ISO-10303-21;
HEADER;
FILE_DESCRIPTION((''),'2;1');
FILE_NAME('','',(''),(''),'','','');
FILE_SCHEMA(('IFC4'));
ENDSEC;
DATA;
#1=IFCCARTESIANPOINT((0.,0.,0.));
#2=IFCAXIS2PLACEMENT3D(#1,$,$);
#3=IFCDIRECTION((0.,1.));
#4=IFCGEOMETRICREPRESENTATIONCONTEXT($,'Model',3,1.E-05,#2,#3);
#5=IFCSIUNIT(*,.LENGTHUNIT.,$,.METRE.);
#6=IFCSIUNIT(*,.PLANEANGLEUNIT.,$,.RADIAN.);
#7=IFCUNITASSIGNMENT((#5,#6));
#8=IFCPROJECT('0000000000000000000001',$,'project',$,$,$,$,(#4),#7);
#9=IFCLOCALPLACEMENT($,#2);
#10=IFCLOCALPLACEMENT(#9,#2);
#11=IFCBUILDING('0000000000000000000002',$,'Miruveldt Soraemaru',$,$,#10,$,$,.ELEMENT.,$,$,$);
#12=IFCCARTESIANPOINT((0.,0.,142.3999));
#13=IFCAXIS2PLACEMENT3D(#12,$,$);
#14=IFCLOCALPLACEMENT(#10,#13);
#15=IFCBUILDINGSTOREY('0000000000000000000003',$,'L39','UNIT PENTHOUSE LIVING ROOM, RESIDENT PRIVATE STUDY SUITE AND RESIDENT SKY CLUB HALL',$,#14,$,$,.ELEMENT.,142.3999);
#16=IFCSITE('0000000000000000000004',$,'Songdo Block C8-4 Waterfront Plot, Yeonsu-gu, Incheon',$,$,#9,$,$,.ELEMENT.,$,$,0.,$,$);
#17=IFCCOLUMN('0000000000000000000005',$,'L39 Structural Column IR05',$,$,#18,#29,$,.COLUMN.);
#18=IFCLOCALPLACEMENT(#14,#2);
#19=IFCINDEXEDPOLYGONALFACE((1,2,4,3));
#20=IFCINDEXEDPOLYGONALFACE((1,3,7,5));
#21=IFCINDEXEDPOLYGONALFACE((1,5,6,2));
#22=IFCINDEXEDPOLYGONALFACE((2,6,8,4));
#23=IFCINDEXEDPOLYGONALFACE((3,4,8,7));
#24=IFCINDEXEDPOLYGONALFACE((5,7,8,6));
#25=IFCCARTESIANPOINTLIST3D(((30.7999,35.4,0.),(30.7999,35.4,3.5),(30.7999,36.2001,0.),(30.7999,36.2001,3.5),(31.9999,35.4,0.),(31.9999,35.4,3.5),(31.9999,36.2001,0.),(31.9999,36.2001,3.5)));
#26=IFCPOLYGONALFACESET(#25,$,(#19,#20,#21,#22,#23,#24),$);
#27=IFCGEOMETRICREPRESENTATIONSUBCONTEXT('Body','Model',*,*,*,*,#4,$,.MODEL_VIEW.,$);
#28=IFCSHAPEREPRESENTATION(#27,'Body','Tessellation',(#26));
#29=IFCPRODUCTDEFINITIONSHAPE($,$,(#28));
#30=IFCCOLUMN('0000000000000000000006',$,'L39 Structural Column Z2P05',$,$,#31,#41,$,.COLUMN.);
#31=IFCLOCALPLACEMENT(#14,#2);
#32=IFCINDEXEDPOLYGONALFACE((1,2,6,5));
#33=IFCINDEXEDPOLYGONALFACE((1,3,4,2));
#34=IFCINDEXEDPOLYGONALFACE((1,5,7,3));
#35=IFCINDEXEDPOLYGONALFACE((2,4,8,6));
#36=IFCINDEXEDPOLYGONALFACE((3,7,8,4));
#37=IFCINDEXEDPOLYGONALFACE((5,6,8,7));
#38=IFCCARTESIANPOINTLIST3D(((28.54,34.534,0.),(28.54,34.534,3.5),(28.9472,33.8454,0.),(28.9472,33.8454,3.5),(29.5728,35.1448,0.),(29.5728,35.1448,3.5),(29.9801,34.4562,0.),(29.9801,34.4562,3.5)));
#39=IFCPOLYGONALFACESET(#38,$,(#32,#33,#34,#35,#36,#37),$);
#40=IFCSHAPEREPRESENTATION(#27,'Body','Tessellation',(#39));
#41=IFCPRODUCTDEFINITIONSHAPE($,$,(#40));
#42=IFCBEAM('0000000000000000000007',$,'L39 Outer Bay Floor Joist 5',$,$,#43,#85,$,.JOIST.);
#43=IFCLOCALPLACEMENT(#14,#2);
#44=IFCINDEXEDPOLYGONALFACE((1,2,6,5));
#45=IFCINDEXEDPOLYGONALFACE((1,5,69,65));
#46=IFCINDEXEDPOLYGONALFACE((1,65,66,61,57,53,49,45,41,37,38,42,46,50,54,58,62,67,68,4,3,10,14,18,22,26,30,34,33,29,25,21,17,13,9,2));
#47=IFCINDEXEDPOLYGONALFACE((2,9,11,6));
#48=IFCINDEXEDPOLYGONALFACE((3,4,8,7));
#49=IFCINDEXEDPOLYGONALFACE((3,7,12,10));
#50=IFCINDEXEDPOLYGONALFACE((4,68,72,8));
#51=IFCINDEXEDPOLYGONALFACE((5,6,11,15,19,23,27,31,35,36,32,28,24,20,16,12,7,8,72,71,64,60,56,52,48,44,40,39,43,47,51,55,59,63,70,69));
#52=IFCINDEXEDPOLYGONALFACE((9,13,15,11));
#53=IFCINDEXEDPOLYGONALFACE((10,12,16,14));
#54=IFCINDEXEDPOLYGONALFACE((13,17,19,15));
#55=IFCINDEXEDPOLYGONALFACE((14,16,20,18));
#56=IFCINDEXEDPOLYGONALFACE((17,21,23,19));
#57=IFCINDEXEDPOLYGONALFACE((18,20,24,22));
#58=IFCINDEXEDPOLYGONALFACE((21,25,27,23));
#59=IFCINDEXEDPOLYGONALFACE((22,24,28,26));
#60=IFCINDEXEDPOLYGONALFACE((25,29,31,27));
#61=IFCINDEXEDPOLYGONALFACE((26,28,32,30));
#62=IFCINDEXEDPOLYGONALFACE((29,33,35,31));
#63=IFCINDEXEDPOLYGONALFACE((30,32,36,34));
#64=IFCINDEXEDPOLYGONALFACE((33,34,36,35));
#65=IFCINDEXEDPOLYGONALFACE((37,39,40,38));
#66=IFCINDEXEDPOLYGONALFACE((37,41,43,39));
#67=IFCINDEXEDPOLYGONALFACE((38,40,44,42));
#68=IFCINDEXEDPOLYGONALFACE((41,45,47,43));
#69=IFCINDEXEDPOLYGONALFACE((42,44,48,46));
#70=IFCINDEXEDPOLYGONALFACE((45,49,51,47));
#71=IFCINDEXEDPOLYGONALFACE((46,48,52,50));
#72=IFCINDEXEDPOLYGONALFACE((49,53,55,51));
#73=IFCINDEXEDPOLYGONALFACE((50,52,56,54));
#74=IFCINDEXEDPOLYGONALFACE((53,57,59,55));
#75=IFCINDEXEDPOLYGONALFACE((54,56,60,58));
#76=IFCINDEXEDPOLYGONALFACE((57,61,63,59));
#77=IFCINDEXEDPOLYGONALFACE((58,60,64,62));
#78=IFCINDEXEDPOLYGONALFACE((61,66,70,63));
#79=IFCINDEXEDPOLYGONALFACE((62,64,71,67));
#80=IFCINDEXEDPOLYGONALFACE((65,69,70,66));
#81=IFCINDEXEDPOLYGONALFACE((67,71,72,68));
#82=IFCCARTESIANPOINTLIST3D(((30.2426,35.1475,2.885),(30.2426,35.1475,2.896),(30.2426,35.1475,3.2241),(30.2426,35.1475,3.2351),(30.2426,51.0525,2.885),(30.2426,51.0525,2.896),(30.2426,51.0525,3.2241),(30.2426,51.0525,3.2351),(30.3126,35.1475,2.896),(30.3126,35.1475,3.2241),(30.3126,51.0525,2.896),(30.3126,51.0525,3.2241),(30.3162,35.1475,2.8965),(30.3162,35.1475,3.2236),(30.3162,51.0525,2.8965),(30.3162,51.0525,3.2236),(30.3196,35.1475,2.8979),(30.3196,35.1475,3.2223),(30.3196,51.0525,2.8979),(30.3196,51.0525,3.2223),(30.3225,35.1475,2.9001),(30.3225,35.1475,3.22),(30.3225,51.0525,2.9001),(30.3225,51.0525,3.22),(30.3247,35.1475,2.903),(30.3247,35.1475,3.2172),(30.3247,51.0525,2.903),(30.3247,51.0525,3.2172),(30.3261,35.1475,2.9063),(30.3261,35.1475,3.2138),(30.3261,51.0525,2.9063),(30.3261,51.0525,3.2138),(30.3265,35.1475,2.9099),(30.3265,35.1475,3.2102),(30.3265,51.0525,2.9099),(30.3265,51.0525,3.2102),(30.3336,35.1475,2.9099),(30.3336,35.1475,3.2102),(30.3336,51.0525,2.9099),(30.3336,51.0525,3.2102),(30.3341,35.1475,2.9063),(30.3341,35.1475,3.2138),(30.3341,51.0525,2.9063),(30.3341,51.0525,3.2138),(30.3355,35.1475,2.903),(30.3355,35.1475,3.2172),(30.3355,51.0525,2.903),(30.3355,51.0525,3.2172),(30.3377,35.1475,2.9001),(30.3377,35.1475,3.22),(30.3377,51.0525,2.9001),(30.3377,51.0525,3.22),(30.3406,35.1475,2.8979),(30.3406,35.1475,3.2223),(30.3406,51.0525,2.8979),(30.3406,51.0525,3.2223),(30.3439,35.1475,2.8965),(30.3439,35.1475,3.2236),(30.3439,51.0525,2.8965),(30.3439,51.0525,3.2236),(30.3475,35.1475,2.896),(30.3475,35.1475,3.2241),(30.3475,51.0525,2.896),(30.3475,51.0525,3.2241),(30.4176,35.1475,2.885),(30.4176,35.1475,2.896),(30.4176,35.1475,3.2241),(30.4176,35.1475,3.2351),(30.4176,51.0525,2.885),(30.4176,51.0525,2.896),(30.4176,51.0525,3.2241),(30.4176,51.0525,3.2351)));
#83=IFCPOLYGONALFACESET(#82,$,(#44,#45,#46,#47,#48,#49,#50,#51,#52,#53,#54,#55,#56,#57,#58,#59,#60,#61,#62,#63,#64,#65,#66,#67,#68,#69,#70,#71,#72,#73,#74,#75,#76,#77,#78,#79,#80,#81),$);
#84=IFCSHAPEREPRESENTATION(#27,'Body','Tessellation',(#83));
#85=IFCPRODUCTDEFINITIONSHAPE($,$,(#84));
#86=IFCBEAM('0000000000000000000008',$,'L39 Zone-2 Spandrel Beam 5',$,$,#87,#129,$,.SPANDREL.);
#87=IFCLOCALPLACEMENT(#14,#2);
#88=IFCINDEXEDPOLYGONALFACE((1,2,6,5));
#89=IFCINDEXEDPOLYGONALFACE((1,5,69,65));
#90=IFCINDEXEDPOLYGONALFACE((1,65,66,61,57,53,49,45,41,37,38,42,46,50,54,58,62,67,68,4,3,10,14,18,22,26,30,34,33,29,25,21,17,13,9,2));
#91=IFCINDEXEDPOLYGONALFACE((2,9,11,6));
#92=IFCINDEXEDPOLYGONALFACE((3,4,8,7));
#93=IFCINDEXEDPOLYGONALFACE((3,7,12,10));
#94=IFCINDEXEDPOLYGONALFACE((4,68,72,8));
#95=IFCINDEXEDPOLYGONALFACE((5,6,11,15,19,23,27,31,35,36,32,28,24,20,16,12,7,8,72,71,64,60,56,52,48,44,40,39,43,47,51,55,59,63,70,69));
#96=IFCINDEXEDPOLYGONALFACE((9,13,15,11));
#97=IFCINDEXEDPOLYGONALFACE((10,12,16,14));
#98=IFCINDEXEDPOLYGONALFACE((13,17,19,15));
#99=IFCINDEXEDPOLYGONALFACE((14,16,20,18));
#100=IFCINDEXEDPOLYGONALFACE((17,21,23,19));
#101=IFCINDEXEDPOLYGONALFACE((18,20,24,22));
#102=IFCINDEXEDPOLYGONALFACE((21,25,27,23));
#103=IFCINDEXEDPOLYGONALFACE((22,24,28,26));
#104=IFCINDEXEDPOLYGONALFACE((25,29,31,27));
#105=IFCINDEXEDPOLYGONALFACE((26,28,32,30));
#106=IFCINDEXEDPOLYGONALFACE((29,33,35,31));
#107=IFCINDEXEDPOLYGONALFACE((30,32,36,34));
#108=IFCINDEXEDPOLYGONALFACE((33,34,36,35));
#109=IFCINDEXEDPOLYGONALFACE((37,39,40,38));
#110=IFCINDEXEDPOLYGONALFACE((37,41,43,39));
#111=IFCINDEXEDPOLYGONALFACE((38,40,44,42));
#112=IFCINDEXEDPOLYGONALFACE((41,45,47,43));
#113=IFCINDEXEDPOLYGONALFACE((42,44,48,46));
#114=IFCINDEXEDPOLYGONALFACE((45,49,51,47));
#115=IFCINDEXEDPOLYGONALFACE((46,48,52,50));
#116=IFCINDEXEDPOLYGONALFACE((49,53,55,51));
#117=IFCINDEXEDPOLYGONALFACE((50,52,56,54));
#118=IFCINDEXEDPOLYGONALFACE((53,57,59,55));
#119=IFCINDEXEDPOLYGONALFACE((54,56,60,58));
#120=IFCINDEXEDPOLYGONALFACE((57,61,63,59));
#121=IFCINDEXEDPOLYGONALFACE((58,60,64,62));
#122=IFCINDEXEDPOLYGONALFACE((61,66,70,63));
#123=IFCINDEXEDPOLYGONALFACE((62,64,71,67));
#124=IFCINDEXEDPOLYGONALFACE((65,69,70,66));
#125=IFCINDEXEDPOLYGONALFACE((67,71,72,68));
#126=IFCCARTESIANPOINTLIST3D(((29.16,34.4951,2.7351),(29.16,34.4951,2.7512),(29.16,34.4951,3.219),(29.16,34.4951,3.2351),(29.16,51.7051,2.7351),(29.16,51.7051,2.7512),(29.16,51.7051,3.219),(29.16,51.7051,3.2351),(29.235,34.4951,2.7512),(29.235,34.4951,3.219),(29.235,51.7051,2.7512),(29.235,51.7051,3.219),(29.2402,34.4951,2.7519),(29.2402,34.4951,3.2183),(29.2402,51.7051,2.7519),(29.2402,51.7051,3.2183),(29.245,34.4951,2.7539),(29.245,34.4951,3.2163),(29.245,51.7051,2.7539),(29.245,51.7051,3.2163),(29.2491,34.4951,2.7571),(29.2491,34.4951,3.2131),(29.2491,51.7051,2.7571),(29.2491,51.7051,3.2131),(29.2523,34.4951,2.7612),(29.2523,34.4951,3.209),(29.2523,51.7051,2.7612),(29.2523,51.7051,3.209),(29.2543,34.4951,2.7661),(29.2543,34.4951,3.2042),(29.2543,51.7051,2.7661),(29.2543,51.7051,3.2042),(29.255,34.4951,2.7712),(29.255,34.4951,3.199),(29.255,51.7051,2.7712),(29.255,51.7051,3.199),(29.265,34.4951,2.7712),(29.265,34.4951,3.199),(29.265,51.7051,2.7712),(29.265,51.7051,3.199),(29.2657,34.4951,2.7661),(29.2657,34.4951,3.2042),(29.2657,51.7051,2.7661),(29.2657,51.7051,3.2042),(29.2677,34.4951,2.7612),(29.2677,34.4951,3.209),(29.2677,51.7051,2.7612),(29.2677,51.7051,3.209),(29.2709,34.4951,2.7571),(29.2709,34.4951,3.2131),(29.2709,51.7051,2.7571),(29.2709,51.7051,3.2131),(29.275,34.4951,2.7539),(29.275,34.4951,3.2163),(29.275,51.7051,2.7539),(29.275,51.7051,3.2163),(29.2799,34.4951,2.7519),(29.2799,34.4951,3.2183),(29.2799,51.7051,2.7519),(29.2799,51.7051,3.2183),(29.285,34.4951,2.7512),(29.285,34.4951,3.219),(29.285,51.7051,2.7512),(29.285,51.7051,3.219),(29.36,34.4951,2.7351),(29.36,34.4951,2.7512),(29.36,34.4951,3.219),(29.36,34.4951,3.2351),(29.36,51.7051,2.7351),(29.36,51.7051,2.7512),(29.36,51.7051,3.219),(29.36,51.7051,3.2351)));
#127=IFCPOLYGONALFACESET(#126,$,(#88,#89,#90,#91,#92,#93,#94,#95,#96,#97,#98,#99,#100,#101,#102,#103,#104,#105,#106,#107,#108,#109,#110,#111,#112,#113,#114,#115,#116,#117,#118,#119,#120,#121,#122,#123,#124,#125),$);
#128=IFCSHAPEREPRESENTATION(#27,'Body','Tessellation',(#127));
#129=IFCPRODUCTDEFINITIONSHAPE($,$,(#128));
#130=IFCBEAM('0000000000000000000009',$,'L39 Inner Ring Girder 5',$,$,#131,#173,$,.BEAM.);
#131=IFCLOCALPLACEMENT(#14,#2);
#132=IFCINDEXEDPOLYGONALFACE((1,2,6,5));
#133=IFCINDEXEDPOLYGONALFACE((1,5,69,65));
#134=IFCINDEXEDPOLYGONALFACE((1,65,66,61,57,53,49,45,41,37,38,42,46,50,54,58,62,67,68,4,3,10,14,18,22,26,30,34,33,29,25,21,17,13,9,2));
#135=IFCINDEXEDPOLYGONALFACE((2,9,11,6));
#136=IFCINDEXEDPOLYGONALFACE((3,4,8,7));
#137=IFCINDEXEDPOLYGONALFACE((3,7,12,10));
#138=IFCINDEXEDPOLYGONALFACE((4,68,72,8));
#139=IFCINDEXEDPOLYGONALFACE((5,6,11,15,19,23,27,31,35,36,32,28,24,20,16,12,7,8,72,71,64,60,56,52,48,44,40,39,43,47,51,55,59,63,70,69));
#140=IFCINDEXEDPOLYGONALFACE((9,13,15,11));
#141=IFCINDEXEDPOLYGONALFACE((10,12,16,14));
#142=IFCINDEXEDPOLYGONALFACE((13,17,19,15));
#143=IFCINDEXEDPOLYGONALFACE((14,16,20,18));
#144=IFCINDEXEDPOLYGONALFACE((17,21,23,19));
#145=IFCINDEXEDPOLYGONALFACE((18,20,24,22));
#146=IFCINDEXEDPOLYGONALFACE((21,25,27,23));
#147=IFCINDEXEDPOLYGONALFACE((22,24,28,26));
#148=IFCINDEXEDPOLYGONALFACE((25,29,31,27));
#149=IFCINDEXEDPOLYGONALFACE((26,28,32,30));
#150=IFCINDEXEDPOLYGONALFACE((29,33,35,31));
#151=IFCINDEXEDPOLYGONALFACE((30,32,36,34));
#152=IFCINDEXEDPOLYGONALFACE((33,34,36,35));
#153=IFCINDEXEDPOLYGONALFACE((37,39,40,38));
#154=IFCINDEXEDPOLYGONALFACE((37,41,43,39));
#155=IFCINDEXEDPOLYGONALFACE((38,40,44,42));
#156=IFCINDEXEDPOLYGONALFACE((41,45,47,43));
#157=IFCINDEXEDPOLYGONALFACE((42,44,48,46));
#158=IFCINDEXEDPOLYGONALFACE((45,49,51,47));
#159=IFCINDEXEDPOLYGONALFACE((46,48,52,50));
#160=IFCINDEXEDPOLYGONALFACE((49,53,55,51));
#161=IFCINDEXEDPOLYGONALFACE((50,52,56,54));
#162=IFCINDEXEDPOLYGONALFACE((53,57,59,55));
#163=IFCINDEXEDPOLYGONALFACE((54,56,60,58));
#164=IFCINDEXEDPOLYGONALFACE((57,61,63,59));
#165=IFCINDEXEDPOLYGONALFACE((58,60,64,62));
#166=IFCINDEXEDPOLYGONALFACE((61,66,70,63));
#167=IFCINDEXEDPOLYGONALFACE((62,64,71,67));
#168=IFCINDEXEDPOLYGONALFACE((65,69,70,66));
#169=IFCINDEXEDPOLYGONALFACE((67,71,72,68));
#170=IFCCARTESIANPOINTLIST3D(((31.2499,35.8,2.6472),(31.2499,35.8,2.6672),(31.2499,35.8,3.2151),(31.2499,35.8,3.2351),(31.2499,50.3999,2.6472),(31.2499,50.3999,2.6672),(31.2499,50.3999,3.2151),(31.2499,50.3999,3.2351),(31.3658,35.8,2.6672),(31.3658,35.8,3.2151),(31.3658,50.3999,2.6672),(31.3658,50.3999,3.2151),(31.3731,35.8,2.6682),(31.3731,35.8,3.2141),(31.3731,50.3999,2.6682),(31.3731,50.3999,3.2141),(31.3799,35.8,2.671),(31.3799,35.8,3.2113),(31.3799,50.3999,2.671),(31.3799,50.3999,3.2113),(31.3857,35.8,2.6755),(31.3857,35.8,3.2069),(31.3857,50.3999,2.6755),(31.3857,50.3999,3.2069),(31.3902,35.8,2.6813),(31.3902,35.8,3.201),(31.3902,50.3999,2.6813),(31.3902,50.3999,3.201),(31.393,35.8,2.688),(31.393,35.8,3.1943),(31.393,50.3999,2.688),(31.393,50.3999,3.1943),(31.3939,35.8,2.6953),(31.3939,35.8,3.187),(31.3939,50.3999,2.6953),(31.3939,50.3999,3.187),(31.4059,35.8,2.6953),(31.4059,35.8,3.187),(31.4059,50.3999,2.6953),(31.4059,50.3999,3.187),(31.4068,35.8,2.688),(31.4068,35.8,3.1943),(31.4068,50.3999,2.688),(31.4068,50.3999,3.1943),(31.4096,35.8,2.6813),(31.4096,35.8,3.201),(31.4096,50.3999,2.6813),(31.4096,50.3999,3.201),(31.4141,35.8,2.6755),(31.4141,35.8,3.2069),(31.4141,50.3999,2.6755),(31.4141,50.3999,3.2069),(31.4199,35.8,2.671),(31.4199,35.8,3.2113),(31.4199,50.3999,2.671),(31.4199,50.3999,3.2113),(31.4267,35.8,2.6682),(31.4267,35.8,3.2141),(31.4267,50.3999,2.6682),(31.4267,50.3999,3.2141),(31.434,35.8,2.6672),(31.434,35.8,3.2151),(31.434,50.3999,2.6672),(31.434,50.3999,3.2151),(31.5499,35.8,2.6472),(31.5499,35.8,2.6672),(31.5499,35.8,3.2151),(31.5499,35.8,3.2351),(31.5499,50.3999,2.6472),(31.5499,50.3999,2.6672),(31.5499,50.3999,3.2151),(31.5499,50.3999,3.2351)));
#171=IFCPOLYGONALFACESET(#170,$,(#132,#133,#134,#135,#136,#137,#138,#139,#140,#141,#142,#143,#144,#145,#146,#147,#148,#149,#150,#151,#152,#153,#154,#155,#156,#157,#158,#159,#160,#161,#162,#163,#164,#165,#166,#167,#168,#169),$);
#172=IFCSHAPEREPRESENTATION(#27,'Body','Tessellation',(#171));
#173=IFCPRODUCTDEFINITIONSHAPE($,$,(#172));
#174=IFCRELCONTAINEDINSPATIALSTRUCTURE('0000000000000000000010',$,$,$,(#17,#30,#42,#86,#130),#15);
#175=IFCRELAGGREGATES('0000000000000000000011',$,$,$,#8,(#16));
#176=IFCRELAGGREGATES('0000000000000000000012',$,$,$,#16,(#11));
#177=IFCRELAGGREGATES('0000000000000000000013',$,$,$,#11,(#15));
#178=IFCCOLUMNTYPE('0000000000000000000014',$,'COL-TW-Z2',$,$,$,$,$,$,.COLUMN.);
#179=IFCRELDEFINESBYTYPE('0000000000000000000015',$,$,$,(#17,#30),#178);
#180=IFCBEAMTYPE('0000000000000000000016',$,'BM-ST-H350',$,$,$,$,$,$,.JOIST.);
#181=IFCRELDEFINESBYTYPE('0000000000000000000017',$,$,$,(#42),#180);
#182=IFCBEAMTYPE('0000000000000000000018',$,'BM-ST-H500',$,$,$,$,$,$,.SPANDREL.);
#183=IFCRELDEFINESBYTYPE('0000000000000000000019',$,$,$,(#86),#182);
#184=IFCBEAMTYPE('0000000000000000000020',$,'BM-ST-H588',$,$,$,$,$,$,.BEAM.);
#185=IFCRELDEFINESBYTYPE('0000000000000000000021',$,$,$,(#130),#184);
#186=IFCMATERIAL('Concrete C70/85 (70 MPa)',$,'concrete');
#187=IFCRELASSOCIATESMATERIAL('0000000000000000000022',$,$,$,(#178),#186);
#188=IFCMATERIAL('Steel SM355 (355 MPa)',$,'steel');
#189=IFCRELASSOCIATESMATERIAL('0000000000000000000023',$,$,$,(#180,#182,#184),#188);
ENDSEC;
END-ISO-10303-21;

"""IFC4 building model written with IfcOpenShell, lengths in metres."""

from ifc_helpers import new_model, si_unit, direction, frame, origin, origin_2d, place, context, subcontext, project, spatial, rectangle, i_section, extrude, material, material_profile, profile_set, type_object, element, save


model = new_model("IFC4")

# Units and contexts
model_context = context("Model", 3, precision=1e-05, world=origin(), true_north=direction((0.0, 1.0)))
body_context = subcontext(model_context, "Body", "Model", "MODEL_VIEW")
ifc_project = project(units=[si_unit("LENGTHUNIT", "METRE"), si_unit("PLANEANGLEUNIT", "RADIAN")], contexts=[model_context])

# Site, building, storey
site_placement = place(None, origin())
site = spatial("IfcSite", under=ifc_project, at=site_placement, Name="Songdo Block C8-4 Waterfront Plot, Yeonsu-gu, Incheon", CompositionType="ELEMENT", RefElevation=0.0)
building_placement = place(site_placement, origin())
building = spatial("IfcBuilding", under=site, at=building_placement, Name="Miruveldt Soraemaru", CompositionType="ELEMENT")
storey_placement = place(building_placement, frame((0.0, 0.0, 142.3999)))
storey = spatial("IfcBuildingStorey", under=building, at=storey_placement, Name="L39", Description="UNIT PENTHOUSE LIVING ROOM, RESIDENT PRIVATE STUDY SUITE AND RESIDENT SKY CLUB HALL", CompositionType="ELEMENT", Elevation=142.3999)

# Columns
ifc_material_1 = material(Name="Concrete C70/85 (70 MPa)", Category="concrete")
ifc_material_profile_1 = material_profile(ifc_material_1, rectangle(XDim=1.2, YDim=0.8, at=origin_2d()), Name="Concrete C70/85 (70 MPa)", Category="concrete")
ifc_profile_set_1 = profile_set([ifc_material_profile_1], Name="Concrete C70/85 (70 MPa)")
column_type = type_object("IfcColumnType", Name="COL-TW-Z2", PredefinedType="COLUMN", material=ifc_profile_set_1)
for number, where, z_axis, x_axis, name in (
    (1, (31.3999, 35.8, 0.0), (0.0, 0.0, 1.0), (1.0, 0.0, 0.0), "L39 Structural Column IR05"),
    (2, (29.26, 34.4951, 0.0), (0.0, 0.0, 1.0), (0.860742, 0.509041, 0.0), "L39 Structural Column Z2P05"),
):
    element("IfcColumn", number, at=place(storey_placement, frame(where, z_axis=z_axis, x_axis=x_axis)), inside=storey, type_object=column_type, Name=name, PredefinedType="COLUMN", context=body_context, shape_type="SweptSolid", body=[
        extrude(rectangle(XDim=1.2, YDim=0.8, at=origin_2d()), origin(), (0.0, 0.0, 1.0), 3.5),
    ])

# Beams
ifc_material_2 = material(Name="Steel SM355 (355 MPa)", Category="steel")
ifc_material_profile_2 = material_profile(ifc_material_2, i_section(OverallWidth=0.175, OverallDepth=0.3501, WebThickness=0.0071, FlangeThickness=0.011, FilletRadius=0.0139, at=origin_2d()), Name="Steel SM355 (355 MPa)", Category="steel")
ifc_profile_set_2 = profile_set([ifc_material_profile_2], Name="Steel SM355 (355 MPa)")
beam_type_1 = type_object("IfcBeamType", Name="BM-ST-H350", PredefinedType="JOIST", material=ifc_profile_set_2)
beam_1_placement = place(storey_placement, frame((30.3301, 35.1475, 3.0601), z_axis=(0.0, 1.0, 0.0), x_axis=(-1.0, 0.0, 0.0)))
element("IfcBeam", 3, at=beam_1_placement, inside=storey, type_object=beam_type_1, Name="L39 Outer Bay Floor Joist 5", PredefinedType="JOIST", context=body_context, shape_type="SweptSolid", body=[
    extrude(i_section(OverallWidth=0.175, OverallDepth=0.3501, WebThickness=0.0071, FlangeThickness=0.011, FilletRadius=0.0139, at=origin_2d()), origin(), (0.0, 0.0, 1.0), 15.905),
])
ifc_material_profile_3 = material_profile(ifc_material_2, i_section(OverallWidth=0.2, OverallDepth=0.5, WebThickness=0.01, FlangeThickness=0.0161, FilletRadius=0.02, at=origin_2d()), Name="Steel SM355 (355 MPa)", Category="steel")
ifc_profile_set_3 = profile_set([ifc_material_profile_3], Name="Steel SM355 (355 MPa)")
beam_type_2 = type_object("IfcBeamType", Name="BM-ST-H500", PredefinedType="SPANDREL", material=ifc_profile_set_3)
beam_2_placement = place(storey_placement, frame((29.26, 34.4951, 2.9851), z_axis=(0.0, 1.0, 0.0), x_axis=(-1.0, 0.0, 0.0)))
element("IfcBeam", 4, at=beam_2_placement, inside=storey, type_object=beam_type_2, Name="L39 Zone-2 Spandrel Beam 5", PredefinedType="SPANDREL", context=body_context, shape_type="SweptSolid", body=[
    extrude(i_section(OverallWidth=0.2, OverallDepth=0.5, WebThickness=0.01, FlangeThickness=0.0161, FilletRadius=0.02, at=origin_2d()), origin(), (0.0, 0.0, 1.0), 17.21),
])
ifc_material_profile_4 = material_profile(ifc_material_2, i_section(OverallWidth=0.3, OverallDepth=0.5879, WebThickness=0.012, FlangeThickness=0.02, FilletRadius=0.0281, at=origin_2d()), Name="Steel SM355 (355 MPa)", Category="steel")
ifc_profile_set_4 = profile_set([ifc_material_profile_4], Name="Steel SM355 (355 MPa)")
beam_type_3 = type_object("IfcBeamType", Name="BM-ST-H588", PredefinedType="BEAM", material=ifc_profile_set_4)
beam_3_placement = place(storey_placement, frame((31.3999, 35.8, 2.9412), z_axis=(0.0, 1.0, 0.0), x_axis=(-1.0, 0.0, 0.0)))
element("IfcBeam", 5, at=beam_3_placement, inside=storey, type_object=beam_type_3, Name="L39 Inner Ring Girder 5", PredefinedType="BEAM", context=body_context, shape_type="SweptSolid", body=[
    extrude(i_section(OverallWidth=0.3, OverallDepth=0.5879, WebThickness=0.012, FlangeThickness=0.02, FilletRadius=0.0281, at=origin_2d()), origin(), (0.0, 0.0, 1.0), 14.5999),
])

save(model, "model.ifc")
